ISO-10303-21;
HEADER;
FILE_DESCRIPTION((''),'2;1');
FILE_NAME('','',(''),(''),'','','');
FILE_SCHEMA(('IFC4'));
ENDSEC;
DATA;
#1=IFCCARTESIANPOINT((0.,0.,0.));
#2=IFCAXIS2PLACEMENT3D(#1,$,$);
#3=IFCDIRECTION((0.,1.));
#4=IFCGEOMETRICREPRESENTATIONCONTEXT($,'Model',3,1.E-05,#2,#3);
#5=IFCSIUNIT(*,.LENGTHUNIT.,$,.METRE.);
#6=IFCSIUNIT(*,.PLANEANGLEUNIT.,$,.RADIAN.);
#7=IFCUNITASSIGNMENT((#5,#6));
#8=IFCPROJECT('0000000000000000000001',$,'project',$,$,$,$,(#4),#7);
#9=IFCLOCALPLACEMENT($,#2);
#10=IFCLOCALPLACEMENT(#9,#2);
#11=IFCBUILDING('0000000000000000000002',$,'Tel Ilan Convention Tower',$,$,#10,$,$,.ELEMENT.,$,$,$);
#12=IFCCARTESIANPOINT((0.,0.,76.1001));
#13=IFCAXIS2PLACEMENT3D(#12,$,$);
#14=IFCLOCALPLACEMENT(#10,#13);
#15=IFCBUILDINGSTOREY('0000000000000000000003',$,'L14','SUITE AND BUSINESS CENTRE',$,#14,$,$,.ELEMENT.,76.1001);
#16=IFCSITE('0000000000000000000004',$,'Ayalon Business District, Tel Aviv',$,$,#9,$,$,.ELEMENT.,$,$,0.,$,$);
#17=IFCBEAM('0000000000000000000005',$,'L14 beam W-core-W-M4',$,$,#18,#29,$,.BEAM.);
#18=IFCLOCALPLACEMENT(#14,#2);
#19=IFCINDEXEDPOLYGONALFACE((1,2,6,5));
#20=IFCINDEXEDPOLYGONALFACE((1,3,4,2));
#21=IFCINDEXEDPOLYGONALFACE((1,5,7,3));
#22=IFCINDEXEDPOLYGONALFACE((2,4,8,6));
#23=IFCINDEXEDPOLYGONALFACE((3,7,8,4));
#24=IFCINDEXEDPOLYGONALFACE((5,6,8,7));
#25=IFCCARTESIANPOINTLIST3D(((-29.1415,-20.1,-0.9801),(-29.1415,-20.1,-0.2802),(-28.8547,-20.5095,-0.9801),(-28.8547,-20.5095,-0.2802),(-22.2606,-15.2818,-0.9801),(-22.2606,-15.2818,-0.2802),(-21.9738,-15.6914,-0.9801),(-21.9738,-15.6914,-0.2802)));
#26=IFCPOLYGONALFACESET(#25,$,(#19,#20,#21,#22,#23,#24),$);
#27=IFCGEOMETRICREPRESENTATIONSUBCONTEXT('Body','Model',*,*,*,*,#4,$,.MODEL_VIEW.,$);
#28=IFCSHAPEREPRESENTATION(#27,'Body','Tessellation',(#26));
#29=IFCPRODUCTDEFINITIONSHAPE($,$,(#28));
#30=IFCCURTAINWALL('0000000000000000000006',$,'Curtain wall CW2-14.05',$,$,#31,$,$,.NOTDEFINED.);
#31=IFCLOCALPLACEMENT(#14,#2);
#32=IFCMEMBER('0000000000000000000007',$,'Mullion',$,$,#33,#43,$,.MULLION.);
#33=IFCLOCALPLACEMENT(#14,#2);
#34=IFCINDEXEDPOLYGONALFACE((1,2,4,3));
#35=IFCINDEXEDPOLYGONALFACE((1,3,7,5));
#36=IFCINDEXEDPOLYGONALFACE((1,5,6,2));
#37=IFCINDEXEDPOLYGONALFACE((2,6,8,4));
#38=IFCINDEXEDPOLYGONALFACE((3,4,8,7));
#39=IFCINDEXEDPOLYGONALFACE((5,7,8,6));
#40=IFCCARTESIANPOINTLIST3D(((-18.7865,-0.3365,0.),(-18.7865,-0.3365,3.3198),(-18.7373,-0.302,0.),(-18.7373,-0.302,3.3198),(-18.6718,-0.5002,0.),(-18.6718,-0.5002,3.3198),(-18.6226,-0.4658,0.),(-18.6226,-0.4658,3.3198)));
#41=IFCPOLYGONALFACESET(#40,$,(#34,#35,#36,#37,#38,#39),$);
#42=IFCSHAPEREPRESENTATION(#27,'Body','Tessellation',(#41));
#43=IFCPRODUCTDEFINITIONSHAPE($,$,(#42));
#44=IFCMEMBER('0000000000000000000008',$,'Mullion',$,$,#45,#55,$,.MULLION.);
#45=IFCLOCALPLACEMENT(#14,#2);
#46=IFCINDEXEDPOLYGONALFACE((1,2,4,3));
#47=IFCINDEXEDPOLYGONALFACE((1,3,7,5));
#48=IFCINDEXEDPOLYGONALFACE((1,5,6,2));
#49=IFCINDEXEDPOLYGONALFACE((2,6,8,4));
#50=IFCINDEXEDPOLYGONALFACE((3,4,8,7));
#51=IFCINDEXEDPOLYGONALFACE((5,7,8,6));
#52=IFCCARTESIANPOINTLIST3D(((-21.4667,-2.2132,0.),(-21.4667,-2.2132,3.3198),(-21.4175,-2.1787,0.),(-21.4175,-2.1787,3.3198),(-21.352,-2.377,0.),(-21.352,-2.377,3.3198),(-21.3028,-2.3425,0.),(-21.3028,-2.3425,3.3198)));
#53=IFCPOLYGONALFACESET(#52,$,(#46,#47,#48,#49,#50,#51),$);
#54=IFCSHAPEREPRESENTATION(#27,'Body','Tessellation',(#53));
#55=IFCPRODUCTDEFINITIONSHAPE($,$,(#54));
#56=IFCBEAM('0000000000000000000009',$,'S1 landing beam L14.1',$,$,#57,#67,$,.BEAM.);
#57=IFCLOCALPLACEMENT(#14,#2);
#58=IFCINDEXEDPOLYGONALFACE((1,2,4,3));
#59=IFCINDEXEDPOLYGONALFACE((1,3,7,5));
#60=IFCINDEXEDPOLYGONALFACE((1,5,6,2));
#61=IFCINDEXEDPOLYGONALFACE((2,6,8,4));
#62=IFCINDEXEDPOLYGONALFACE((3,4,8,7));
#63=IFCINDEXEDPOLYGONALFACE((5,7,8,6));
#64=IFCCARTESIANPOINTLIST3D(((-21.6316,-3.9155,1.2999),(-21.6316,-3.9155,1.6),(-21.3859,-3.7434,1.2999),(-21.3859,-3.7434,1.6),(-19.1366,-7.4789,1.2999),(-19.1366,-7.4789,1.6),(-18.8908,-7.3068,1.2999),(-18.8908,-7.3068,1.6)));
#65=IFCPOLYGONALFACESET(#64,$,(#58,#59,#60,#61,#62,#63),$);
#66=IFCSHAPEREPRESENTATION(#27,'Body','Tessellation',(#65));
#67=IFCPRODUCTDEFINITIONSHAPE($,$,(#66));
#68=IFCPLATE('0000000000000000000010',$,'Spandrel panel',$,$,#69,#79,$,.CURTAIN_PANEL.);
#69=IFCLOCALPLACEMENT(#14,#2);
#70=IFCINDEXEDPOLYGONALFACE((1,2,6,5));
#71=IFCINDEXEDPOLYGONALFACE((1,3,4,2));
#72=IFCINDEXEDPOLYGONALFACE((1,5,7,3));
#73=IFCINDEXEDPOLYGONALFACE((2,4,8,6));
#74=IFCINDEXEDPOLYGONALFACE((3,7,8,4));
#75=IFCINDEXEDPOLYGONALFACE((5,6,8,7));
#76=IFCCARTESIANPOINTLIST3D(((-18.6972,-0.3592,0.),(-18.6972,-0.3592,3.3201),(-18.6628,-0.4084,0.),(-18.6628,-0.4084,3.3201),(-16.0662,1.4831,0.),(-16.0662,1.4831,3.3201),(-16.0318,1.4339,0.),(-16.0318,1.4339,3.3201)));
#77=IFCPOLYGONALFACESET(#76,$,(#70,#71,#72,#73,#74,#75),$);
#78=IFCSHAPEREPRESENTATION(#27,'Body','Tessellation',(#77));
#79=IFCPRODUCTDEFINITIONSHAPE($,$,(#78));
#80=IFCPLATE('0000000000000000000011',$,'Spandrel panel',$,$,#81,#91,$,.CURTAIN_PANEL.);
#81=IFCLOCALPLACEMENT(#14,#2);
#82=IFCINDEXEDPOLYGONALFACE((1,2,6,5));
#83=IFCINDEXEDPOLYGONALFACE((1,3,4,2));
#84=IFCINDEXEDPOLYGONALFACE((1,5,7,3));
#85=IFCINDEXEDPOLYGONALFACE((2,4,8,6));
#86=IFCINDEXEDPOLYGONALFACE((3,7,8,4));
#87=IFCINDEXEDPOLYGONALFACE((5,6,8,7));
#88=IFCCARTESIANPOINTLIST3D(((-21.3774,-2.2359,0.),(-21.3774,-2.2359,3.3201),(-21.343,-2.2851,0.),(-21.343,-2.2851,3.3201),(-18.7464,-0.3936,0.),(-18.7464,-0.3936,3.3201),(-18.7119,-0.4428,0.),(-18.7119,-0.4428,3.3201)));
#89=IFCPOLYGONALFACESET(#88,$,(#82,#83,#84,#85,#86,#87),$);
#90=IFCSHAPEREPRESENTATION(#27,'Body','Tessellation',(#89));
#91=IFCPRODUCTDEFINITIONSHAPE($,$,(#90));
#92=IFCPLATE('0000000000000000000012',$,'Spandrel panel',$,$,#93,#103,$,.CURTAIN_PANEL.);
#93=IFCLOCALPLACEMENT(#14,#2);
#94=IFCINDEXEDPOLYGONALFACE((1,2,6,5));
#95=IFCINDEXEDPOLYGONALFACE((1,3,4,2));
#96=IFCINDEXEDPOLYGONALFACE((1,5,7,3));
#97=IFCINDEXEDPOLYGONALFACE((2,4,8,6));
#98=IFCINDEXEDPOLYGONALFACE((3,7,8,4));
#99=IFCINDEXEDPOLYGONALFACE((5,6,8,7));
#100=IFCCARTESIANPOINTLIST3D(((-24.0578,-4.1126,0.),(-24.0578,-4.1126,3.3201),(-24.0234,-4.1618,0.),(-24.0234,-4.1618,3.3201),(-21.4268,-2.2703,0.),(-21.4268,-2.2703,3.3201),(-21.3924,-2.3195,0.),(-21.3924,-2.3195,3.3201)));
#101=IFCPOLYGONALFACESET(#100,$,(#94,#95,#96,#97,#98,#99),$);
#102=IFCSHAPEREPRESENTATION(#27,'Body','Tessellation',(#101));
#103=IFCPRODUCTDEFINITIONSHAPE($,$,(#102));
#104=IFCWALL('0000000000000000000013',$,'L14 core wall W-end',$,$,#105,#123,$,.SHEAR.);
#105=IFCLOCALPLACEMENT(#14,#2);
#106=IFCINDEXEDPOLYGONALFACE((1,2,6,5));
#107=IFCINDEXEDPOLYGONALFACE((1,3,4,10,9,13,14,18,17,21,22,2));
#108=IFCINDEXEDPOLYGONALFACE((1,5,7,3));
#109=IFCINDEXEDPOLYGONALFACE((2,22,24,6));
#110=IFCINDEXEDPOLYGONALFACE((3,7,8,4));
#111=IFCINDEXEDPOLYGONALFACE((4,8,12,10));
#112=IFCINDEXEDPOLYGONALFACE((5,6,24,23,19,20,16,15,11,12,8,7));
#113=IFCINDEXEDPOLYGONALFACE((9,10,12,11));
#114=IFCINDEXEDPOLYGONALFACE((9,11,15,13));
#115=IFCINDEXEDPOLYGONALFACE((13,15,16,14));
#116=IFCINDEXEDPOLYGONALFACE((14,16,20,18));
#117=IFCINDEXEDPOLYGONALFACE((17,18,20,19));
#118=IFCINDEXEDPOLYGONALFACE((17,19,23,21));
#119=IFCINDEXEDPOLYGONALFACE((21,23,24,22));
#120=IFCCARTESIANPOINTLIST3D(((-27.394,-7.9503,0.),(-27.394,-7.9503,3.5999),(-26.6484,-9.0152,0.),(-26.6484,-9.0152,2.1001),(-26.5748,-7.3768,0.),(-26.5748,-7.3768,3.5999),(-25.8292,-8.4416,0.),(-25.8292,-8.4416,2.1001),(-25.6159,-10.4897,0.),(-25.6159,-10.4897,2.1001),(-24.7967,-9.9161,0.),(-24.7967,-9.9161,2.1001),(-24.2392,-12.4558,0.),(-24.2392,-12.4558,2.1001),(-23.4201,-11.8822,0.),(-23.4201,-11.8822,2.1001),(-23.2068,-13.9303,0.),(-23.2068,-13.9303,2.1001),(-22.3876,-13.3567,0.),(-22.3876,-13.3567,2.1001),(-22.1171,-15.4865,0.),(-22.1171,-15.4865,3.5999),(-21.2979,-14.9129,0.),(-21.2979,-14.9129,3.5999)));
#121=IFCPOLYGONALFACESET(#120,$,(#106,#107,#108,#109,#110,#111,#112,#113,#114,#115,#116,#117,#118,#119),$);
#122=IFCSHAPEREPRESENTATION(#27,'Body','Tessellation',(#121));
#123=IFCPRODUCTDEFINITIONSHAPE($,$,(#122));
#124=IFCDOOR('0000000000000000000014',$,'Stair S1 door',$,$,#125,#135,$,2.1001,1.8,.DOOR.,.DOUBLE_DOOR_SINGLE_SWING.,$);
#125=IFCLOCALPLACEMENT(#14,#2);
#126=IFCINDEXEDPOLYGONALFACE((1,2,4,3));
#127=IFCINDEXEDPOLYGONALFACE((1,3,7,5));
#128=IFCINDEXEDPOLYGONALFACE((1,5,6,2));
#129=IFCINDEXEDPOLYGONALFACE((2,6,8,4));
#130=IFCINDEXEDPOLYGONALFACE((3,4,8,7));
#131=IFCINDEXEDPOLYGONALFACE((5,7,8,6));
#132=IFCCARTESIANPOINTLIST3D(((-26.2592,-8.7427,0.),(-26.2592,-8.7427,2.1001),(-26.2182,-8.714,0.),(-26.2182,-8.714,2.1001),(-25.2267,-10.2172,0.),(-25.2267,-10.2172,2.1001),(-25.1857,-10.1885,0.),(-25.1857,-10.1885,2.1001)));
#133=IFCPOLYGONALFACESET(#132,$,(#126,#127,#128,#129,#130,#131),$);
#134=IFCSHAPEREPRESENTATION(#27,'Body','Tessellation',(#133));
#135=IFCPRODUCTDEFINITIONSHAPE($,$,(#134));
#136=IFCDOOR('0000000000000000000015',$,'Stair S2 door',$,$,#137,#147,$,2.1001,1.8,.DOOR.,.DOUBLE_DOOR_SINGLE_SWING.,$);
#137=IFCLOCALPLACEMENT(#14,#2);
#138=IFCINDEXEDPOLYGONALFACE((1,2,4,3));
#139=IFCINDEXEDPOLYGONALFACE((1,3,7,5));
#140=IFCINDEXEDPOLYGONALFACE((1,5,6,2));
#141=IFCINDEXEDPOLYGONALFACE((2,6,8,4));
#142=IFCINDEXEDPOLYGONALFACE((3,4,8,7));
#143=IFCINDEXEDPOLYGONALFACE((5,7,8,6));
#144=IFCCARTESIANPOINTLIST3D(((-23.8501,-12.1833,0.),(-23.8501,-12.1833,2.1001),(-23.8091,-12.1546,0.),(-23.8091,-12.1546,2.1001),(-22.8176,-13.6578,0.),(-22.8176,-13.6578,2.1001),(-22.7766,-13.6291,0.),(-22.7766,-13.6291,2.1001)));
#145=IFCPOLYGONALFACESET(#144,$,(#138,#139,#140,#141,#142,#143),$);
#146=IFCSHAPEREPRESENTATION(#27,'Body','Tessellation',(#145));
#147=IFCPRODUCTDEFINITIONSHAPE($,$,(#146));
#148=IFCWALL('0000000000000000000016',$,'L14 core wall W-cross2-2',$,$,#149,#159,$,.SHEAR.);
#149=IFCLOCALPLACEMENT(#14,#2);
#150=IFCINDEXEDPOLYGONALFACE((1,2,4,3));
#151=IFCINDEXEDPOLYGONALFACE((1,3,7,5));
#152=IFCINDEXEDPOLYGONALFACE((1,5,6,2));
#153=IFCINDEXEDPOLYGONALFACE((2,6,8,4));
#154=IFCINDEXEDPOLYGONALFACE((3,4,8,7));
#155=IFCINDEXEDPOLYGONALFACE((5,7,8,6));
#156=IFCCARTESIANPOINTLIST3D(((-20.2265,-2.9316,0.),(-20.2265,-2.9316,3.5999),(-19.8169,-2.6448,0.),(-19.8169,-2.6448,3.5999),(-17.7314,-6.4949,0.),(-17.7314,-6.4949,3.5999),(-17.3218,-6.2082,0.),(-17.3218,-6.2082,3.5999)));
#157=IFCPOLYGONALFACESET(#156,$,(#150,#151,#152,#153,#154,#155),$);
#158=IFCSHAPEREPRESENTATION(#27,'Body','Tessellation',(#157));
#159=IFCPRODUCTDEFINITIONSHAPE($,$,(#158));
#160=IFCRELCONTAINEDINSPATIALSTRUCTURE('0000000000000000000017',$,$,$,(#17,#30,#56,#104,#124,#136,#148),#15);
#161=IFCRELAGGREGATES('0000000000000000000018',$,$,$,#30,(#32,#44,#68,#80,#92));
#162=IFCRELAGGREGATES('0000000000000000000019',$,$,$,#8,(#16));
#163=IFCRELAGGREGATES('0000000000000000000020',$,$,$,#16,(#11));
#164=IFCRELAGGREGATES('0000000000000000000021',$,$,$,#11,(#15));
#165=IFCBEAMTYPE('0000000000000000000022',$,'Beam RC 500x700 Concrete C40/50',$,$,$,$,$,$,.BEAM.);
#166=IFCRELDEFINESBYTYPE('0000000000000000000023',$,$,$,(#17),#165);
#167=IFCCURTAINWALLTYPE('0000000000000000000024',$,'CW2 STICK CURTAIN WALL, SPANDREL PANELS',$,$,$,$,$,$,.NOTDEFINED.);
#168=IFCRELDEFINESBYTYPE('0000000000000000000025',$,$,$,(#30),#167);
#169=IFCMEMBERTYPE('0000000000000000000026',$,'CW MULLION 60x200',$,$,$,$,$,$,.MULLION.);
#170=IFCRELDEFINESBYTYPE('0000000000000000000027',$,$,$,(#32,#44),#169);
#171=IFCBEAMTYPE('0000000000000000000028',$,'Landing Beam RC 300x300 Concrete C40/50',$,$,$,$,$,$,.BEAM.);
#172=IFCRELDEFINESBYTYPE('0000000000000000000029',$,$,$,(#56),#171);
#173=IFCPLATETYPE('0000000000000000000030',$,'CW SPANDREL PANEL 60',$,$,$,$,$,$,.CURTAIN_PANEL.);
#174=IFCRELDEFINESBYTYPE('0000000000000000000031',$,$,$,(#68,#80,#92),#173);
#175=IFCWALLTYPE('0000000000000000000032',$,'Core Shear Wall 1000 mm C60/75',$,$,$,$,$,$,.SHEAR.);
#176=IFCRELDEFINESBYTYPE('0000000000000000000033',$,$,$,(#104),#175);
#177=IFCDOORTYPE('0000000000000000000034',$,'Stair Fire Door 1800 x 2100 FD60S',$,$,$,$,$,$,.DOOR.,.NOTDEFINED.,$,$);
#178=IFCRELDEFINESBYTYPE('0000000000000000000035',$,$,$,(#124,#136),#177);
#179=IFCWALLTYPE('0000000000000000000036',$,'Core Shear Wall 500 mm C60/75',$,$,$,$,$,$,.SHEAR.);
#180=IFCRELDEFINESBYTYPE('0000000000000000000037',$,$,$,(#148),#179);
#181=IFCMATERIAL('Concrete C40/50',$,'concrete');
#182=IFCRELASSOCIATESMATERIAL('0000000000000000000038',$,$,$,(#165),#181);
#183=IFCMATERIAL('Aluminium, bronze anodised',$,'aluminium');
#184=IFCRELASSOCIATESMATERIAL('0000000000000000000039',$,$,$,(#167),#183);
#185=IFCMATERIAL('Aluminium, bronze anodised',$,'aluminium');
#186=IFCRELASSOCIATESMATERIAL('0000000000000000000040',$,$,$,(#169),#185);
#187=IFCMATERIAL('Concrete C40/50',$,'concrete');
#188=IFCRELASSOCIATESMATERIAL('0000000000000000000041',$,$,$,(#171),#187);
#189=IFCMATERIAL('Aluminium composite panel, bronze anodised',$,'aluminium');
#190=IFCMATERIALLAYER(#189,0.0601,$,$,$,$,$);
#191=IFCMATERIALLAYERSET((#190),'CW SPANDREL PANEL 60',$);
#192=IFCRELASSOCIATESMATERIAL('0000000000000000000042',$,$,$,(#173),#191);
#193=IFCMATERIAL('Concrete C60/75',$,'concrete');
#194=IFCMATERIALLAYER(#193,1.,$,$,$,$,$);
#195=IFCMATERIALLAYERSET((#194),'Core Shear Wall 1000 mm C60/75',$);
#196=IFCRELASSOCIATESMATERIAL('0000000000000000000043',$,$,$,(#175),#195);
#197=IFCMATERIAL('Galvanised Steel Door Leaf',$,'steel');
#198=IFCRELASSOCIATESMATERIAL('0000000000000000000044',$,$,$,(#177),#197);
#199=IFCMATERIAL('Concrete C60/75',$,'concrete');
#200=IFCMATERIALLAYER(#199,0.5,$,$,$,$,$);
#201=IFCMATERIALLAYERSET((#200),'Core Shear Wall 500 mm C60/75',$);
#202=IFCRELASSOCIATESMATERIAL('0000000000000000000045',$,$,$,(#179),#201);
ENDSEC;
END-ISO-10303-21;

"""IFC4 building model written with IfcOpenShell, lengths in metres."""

from ifc_helpers import new_model, si_unit, direction, frame, frame_2d, origin, origin_2d, place, context, subcontext, project, spatial, polyline, rectangle, outline, extrude, material, layer, layer_set, material_profile, profile_set, type_object, element, fill, aggregate, save


model = new_model("IFC4")

# Units and contexts
model_context = context("Model", 3, precision=1e-05, world=origin(), true_north=direction((0.0, 1.0)))
body_context = subcontext(model_context, "Body", "Model", "MODEL_VIEW")
ifc_project = project(units=[si_unit("LENGTHUNIT", "METRE"), si_unit("PLANEANGLEUNIT", "RADIAN")], contexts=[model_context])

# Site, building, storey
site_placement = place(None, origin())
site = spatial("IfcSite", under=ifc_project, at=site_placement, Name="Ayalon Business District, Tel Aviv", CompositionType="ELEMENT", RefElevation=0.0)
building_placement = place(site_placement, origin())
building = spatial("IfcBuilding", under=site, at=building_placement, Name="Tel Ilan Convention Tower", CompositionType="ELEMENT")
storey_placement = place(building_placement, frame((0.0, 0.0, 76.1001)))
storey = spatial("IfcBuildingStorey", under=building, at=storey_placement, Name="L14", Description="SUITE AND BUSINESS CENTRE", CompositionType="ELEMENT", Elevation=76.1001)

# Beam
ifc_material_1 = material(Name="Concrete C40/50", Category="concrete")
ifc_material_profile_1 = material_profile(ifc_material_1, rectangle(XDim=0.5, YDim=0.7, at=origin_2d()), Name="RC 500x700")
ifc_profile_set_1 = profile_set([ifc_material_profile_1], Name="Concrete C40/50")
beam_type_1 = type_object("IfcBeamType", Name="Beam RC 500x700 Concrete C40/50", PredefinedType="BEAM", material=ifc_profile_set_1)
beam_1_placement = place(storey_placement, frame((-22.1172, -15.4866, -0.6301), z_axis=(-0.819147, -0.573583, 0.0), x_axis=(0.573583, -0.819147, 0.0)))
element("IfcBeam", 1, at=beam_1_placement, inside=storey, type_object=beam_type_1, Name="L14 beam W-core-W-M4", PredefinedType="BEAM", context=body_context, shape_type="SweptSolid", body=[
    extrude(rectangle(XDim=0.5, YDim=0.7, at=origin_2d()), origin(), (0.0, 0.0, 1.0), 8.4001),
])

# Curtain wall, members
ifc_material_2 = material(Name="Aluminium, bronze anodised", Category="aluminium")
curtain_wall_type = type_object("IfcCurtainWallType", Name="CW2 STICK CURTAIN WALL, SPANDREL PANELS", PredefinedType="NOTDEFINED", material=ifc_material_2)
curtain_wall_placement = place(storey_placement, origin())
curtain_wall = element("IfcCurtainWall", 2, at=curtain_wall_placement, inside=storey, type_object=curtain_wall_type, Name="Curtain wall CW2-14.05", PredefinedType="NOTDEFINED")
ifc_material_3 = material(Name="Aluminium, bronze anodised", Category="aluminium")
ifc_material_profile_2 = material_profile(ifc_material_3, rectangle(XDim=0.0601, YDim=0.2, at=origin_2d()), Name="CW MULLION 60x200")
ifc_profile_set_2 = profile_set([ifc_material_profile_2], Name="Aluminium, bronze anodised")
member_type = type_object("IfcMemberType", Name="CW MULLION 60x200", PredefinedType="MULLION", material=ifc_profile_set_2)
member_1_placement = place(storey_placement, frame((-18.7046, -0.4011, 0.0), z_axis=(0.0, 0.0, 1.0), x_axis=(-0.819152, -0.573576, 0.0)))
member_1 = element("IfcMember", 3, at=member_1_placement, type_object=member_type, Name="Mullion", PredefinedType="MULLION", context=body_context, shape_type="SweptSolid", body=[
    extrude(rectangle(XDim=0.0601, YDim=0.2, at=origin_2d()), origin(), (0.0, 0.0, 1.0), 3.3198),
])
member_2_placement = place(storey_placement, frame((-21.3848, -2.2778, 0.0), z_axis=(0.0, 0.0, 1.0), x_axis=(-0.819152, -0.573576, 0.0)))
member_2 = element("IfcMember", 4, at=member_2_placement, type_object=member_type, Name="Mullion", PredefinedType="MULLION", context=body_context, shape_type="SweptSolid", body=[
    extrude(rectangle(XDim=0.0601, YDim=0.2, at=origin_2d()), origin(), (0.0, 0.0, 1.0), 3.3198),
])

# Beam
ifc_material_4 = material(Name="Concrete C40/50", Category="concrete")
ifc_material_profile_3 = material_profile(ifc_material_4, rectangle(XDim=0.3, YDim=0.3, at=origin_2d()), Name="RC 300x300")
ifc_profile_set_3 = profile_set([ifc_material_profile_3], Name="Concrete C40/50")
beam_type_2 = type_object("IfcBeamType", Name="Landing Beam RC 300x300 Concrete C40/50", PredefinedType="BEAM", material=ifc_profile_set_3)
beam_2_placement = place(storey_placement, frame((-19.0137, -7.3928, 1.45), z_axis=(-0.573568, 0.819158, 0.0), x_axis=(-0.819158, -0.573568, 0.0)))
element("IfcBeam", 5, at=beam_2_placement, inside=storey, type_object=beam_type_2, Name="S1 landing beam L14.1", PredefinedType="BEAM", context=body_context, shape_type="SweptSolid", body=[
    extrude(rectangle(XDim=0.3, YDim=0.3, at=origin_2d()), origin(), (0.0, 0.0, 1.0), 4.3501),
])

# Plates
ifc_material_5 = material(Name="Aluminium composite panel, bronze anodised", Category="aluminium")
ifc_layer_1 = layer(ifc_material_5, 0.0601)
ifc_layer_set_1 = layer_set([ifc_layer_1], Name="CW SPANDREL PANEL 60")
plate_type = type_object("IfcPlateType", Name="CW SPANDREL PANEL 60", PredefinedType="CURTAIN_PANEL", material=ifc_layer_set_1)
plate_1_placement = place(storey_placement, frame((-17.3645, 0.5374, 0.0), z_axis=(0.0, 0.0, 1.0), x_axis=(-0.819152, -0.573576, 0.0)))
plate_1 = element("IfcPlate", 6, at=plate_1_placement, type_object=plate_type, Name="Spandrel panel", PredefinedType="CURTAIN_PANEL", context=body_context, shape_type="SweptSolid", body=[
    extrude(rectangle(XDim=3.2119, YDim=0.0601, at=origin_2d()), origin(), (0.0, 0.0, 1.0), 3.3201),
])
plate_2_placement = place(storey_placement, frame((-20.0447, -1.3394, 0.0), z_axis=(0.0, 0.0, 1.0), x_axis=(-0.819152, -0.573576, 0.0)))
plate_2 = element("IfcPlate", 7, at=plate_2_placement, type_object=plate_type, Name="Spandrel panel", PredefinedType="CURTAIN_PANEL", context=body_context, shape_type="SweptSolid", body=[
    extrude(rectangle(XDim=3.2119, YDim=0.0601, at=origin_2d()), origin(), (0.0, 0.0, 1.0), 3.3201),
])
plate_3_placement = place(storey_placement, frame((-22.7251, -3.2161, 0.0), z_axis=(0.0, 0.0, 1.0), x_axis=(-0.819152, -0.573576, 0.0)))
plate_3 = element("IfcPlate", 8, at=plate_3_placement, type_object=plate_type, Name="Spandrel panel", PredefinedType="CURTAIN_PANEL", context=body_context, shape_type="SweptSolid", body=[
    extrude(rectangle(XDim=3.2119, YDim=0.0601, at=origin_2d()), origin(), (0.0, 0.0, 1.0), 3.3201),
])
aggregate(curtain_wall, [member_1, member_2, plate_1, plate_2, plate_3])

# Wall, openings, doors
ifc_material_6 = material(Name="Concrete C60/75", Category="concrete")
ifc_layer_2 = layer(ifc_material_6, 1.0)
ifc_layer_set_2 = layer_set([ifc_layer_2], Name="Core Shear Wall 1000 mm C60/75")
wall_type_1 = type_object("IfcWallType", Name="Core Shear Wall 1000 mm C60/75", PredefinedType="SHEAR", material=ifc_layer_set_2)
wall_1_placement = place(storey_placement, frame((-21.7075, -15.1997, 0.0), z_axis=(0.0, 0.0, 1.0), x_axis=(-0.573576, 0.819152, 0.0)))
wall_1 = element("IfcWall", 9, at=wall_1_placement, inside=storey, type_object=wall_type_1, Name="L14 core wall W-end", PredefinedType="SHEAR", context=body_context, shape_type="SweptSolid", body=[
    extrude(outline(polyline([(0.0, 0.5), (0.0, -0.5), (9.2, -0.5), (9.2, 0.5), (0.0, 0.5)])), origin(), (0.0, 0.0, 1.0), 3.5999),
])
opening_1_placement = place(wall_1_placement, frame((6.1001, 0.0, 0.0)))
opening_1 = element("IfcOpeningElement", 10, at=opening_1_placement, cuts=wall_1, PredefinedType="OPENING", context=body_context, shape_type="SweptSolid", body=[
    extrude(rectangle(XDim=1.8, YDim=2.1001, at=frame_2d((0.8999, 1.05))), frame((0.0, 0.51, 0.0), z_axis=(0.0, -1.0, 0.0), x_axis=(1.0, 0.0, 0.0)), (0.0, 0.0, 1.0), 1.02),
])
opening_2_placement = place(wall_1_placement, frame((1.8999, 0.0, 0.0)))
opening_2 = element("IfcOpeningElement", 11, at=opening_2_placement, cuts=wall_1, PredefinedType="OPENING", context=body_context, shape_type="SweptSolid", body=[
    extrude(rectangle(XDim=1.8, YDim=2.1001, at=frame_2d((0.8999, 1.05))), frame((0.0, 0.51, 0.0), z_axis=(0.0, -1.0, 0.0), x_axis=(1.0, 0.0, 0.0)), (0.0, 0.0, 1.0), 1.02),
])
ifc_material_7 = material(Name="Galvanised Steel Door Leaf", Category="steel")
door_type_1 = type_object("IfcDoorType", Name="Stair Fire Door 1800 x 2100 FD60S", OperationType="NOTDEFINED", PredefinedType="DOOR", material=ifc_material_7)
door_1_placement = place(opening_1_placement, origin())
door_1 = element("IfcDoor", 12, at=door_1_placement, inside=storey, type_object=door_type_1, Name="Stair S1 door", OperationType="DOUBLE_DOOR_SINGLE_SWING", OverallHeight=2.1001, OverallWidth=1.8, PredefinedType="DOOR", context=body_context, shape_type="SweptSolid", body=[
    extrude(rectangle(XDim=1.8, YDim=2.1001, at=frame_2d((0.8999, 1.05))), frame((0.0, 0.0249, 0.0), z_axis=(0.0, -1.0, 0.0), x_axis=(1.0, 0.0, 0.0)), (0.0, 0.0, 1.0), 0.05),
])
fill(opening_1, door_1)
door_2_placement = place(opening_2_placement, origin())
door_2 = element("IfcDoor", 13, at=door_2_placement, inside=storey, type_object=door_type_1, Name="Stair S2 door", OperationType="DOUBLE_DOOR_SINGLE_SWING", OverallHeight=2.1001, OverallWidth=1.8, PredefinedType="DOOR", context=body_context, shape_type="SweptSolid", body=[
    extrude(rectangle(XDim=1.8, YDim=2.1001, at=frame_2d((0.8999, 1.05))), frame((0.0, 0.0249, 0.0), z_axis=(0.0, -1.0, 0.0), x_axis=(1.0, 0.0, 0.0)), (0.0, 0.0, 1.0), 0.05),
])
fill(opening_2, door_2)

# Wall
ifc_material_8 = material(Name="Concrete C60/75", Category="concrete")
ifc_layer_3 = layer(ifc_material_8, 0.5)
ifc_layer_set_3 = layer_set([ifc_layer_3], Name="Core Shear Wall 500 mm C60/75")
wall_type_2 = type_object("IfcWallType", Name="Core Shear Wall 500 mm C60/75", PredefinedType="SHEAR", material=ifc_layer_set_3)
wall_2_placement = place(storey_placement, frame((-17.5266, -6.3516, 0.0), z_axis=(0.0, 0.0, 1.0), x_axis=(-0.57353, 0.819184, 0.0)))
element("IfcWall", 14, at=wall_2_placement, inside=storey, type_object=wall_type_2, Name="L14 core wall W-cross2-2", PredefinedType="SHEAR", context=body_context, shape_type="SweptSolid", body=[
    extrude(outline(polyline([(4.3501, -0.2498), (4.3501, 0.2502), (0.0, 0.25), (0.0, -0.25), (4.3501, -0.2498)])), origin(), (0.0, 0.0, 1.0), 3.5999),
])

save(model, "model.ifc")
